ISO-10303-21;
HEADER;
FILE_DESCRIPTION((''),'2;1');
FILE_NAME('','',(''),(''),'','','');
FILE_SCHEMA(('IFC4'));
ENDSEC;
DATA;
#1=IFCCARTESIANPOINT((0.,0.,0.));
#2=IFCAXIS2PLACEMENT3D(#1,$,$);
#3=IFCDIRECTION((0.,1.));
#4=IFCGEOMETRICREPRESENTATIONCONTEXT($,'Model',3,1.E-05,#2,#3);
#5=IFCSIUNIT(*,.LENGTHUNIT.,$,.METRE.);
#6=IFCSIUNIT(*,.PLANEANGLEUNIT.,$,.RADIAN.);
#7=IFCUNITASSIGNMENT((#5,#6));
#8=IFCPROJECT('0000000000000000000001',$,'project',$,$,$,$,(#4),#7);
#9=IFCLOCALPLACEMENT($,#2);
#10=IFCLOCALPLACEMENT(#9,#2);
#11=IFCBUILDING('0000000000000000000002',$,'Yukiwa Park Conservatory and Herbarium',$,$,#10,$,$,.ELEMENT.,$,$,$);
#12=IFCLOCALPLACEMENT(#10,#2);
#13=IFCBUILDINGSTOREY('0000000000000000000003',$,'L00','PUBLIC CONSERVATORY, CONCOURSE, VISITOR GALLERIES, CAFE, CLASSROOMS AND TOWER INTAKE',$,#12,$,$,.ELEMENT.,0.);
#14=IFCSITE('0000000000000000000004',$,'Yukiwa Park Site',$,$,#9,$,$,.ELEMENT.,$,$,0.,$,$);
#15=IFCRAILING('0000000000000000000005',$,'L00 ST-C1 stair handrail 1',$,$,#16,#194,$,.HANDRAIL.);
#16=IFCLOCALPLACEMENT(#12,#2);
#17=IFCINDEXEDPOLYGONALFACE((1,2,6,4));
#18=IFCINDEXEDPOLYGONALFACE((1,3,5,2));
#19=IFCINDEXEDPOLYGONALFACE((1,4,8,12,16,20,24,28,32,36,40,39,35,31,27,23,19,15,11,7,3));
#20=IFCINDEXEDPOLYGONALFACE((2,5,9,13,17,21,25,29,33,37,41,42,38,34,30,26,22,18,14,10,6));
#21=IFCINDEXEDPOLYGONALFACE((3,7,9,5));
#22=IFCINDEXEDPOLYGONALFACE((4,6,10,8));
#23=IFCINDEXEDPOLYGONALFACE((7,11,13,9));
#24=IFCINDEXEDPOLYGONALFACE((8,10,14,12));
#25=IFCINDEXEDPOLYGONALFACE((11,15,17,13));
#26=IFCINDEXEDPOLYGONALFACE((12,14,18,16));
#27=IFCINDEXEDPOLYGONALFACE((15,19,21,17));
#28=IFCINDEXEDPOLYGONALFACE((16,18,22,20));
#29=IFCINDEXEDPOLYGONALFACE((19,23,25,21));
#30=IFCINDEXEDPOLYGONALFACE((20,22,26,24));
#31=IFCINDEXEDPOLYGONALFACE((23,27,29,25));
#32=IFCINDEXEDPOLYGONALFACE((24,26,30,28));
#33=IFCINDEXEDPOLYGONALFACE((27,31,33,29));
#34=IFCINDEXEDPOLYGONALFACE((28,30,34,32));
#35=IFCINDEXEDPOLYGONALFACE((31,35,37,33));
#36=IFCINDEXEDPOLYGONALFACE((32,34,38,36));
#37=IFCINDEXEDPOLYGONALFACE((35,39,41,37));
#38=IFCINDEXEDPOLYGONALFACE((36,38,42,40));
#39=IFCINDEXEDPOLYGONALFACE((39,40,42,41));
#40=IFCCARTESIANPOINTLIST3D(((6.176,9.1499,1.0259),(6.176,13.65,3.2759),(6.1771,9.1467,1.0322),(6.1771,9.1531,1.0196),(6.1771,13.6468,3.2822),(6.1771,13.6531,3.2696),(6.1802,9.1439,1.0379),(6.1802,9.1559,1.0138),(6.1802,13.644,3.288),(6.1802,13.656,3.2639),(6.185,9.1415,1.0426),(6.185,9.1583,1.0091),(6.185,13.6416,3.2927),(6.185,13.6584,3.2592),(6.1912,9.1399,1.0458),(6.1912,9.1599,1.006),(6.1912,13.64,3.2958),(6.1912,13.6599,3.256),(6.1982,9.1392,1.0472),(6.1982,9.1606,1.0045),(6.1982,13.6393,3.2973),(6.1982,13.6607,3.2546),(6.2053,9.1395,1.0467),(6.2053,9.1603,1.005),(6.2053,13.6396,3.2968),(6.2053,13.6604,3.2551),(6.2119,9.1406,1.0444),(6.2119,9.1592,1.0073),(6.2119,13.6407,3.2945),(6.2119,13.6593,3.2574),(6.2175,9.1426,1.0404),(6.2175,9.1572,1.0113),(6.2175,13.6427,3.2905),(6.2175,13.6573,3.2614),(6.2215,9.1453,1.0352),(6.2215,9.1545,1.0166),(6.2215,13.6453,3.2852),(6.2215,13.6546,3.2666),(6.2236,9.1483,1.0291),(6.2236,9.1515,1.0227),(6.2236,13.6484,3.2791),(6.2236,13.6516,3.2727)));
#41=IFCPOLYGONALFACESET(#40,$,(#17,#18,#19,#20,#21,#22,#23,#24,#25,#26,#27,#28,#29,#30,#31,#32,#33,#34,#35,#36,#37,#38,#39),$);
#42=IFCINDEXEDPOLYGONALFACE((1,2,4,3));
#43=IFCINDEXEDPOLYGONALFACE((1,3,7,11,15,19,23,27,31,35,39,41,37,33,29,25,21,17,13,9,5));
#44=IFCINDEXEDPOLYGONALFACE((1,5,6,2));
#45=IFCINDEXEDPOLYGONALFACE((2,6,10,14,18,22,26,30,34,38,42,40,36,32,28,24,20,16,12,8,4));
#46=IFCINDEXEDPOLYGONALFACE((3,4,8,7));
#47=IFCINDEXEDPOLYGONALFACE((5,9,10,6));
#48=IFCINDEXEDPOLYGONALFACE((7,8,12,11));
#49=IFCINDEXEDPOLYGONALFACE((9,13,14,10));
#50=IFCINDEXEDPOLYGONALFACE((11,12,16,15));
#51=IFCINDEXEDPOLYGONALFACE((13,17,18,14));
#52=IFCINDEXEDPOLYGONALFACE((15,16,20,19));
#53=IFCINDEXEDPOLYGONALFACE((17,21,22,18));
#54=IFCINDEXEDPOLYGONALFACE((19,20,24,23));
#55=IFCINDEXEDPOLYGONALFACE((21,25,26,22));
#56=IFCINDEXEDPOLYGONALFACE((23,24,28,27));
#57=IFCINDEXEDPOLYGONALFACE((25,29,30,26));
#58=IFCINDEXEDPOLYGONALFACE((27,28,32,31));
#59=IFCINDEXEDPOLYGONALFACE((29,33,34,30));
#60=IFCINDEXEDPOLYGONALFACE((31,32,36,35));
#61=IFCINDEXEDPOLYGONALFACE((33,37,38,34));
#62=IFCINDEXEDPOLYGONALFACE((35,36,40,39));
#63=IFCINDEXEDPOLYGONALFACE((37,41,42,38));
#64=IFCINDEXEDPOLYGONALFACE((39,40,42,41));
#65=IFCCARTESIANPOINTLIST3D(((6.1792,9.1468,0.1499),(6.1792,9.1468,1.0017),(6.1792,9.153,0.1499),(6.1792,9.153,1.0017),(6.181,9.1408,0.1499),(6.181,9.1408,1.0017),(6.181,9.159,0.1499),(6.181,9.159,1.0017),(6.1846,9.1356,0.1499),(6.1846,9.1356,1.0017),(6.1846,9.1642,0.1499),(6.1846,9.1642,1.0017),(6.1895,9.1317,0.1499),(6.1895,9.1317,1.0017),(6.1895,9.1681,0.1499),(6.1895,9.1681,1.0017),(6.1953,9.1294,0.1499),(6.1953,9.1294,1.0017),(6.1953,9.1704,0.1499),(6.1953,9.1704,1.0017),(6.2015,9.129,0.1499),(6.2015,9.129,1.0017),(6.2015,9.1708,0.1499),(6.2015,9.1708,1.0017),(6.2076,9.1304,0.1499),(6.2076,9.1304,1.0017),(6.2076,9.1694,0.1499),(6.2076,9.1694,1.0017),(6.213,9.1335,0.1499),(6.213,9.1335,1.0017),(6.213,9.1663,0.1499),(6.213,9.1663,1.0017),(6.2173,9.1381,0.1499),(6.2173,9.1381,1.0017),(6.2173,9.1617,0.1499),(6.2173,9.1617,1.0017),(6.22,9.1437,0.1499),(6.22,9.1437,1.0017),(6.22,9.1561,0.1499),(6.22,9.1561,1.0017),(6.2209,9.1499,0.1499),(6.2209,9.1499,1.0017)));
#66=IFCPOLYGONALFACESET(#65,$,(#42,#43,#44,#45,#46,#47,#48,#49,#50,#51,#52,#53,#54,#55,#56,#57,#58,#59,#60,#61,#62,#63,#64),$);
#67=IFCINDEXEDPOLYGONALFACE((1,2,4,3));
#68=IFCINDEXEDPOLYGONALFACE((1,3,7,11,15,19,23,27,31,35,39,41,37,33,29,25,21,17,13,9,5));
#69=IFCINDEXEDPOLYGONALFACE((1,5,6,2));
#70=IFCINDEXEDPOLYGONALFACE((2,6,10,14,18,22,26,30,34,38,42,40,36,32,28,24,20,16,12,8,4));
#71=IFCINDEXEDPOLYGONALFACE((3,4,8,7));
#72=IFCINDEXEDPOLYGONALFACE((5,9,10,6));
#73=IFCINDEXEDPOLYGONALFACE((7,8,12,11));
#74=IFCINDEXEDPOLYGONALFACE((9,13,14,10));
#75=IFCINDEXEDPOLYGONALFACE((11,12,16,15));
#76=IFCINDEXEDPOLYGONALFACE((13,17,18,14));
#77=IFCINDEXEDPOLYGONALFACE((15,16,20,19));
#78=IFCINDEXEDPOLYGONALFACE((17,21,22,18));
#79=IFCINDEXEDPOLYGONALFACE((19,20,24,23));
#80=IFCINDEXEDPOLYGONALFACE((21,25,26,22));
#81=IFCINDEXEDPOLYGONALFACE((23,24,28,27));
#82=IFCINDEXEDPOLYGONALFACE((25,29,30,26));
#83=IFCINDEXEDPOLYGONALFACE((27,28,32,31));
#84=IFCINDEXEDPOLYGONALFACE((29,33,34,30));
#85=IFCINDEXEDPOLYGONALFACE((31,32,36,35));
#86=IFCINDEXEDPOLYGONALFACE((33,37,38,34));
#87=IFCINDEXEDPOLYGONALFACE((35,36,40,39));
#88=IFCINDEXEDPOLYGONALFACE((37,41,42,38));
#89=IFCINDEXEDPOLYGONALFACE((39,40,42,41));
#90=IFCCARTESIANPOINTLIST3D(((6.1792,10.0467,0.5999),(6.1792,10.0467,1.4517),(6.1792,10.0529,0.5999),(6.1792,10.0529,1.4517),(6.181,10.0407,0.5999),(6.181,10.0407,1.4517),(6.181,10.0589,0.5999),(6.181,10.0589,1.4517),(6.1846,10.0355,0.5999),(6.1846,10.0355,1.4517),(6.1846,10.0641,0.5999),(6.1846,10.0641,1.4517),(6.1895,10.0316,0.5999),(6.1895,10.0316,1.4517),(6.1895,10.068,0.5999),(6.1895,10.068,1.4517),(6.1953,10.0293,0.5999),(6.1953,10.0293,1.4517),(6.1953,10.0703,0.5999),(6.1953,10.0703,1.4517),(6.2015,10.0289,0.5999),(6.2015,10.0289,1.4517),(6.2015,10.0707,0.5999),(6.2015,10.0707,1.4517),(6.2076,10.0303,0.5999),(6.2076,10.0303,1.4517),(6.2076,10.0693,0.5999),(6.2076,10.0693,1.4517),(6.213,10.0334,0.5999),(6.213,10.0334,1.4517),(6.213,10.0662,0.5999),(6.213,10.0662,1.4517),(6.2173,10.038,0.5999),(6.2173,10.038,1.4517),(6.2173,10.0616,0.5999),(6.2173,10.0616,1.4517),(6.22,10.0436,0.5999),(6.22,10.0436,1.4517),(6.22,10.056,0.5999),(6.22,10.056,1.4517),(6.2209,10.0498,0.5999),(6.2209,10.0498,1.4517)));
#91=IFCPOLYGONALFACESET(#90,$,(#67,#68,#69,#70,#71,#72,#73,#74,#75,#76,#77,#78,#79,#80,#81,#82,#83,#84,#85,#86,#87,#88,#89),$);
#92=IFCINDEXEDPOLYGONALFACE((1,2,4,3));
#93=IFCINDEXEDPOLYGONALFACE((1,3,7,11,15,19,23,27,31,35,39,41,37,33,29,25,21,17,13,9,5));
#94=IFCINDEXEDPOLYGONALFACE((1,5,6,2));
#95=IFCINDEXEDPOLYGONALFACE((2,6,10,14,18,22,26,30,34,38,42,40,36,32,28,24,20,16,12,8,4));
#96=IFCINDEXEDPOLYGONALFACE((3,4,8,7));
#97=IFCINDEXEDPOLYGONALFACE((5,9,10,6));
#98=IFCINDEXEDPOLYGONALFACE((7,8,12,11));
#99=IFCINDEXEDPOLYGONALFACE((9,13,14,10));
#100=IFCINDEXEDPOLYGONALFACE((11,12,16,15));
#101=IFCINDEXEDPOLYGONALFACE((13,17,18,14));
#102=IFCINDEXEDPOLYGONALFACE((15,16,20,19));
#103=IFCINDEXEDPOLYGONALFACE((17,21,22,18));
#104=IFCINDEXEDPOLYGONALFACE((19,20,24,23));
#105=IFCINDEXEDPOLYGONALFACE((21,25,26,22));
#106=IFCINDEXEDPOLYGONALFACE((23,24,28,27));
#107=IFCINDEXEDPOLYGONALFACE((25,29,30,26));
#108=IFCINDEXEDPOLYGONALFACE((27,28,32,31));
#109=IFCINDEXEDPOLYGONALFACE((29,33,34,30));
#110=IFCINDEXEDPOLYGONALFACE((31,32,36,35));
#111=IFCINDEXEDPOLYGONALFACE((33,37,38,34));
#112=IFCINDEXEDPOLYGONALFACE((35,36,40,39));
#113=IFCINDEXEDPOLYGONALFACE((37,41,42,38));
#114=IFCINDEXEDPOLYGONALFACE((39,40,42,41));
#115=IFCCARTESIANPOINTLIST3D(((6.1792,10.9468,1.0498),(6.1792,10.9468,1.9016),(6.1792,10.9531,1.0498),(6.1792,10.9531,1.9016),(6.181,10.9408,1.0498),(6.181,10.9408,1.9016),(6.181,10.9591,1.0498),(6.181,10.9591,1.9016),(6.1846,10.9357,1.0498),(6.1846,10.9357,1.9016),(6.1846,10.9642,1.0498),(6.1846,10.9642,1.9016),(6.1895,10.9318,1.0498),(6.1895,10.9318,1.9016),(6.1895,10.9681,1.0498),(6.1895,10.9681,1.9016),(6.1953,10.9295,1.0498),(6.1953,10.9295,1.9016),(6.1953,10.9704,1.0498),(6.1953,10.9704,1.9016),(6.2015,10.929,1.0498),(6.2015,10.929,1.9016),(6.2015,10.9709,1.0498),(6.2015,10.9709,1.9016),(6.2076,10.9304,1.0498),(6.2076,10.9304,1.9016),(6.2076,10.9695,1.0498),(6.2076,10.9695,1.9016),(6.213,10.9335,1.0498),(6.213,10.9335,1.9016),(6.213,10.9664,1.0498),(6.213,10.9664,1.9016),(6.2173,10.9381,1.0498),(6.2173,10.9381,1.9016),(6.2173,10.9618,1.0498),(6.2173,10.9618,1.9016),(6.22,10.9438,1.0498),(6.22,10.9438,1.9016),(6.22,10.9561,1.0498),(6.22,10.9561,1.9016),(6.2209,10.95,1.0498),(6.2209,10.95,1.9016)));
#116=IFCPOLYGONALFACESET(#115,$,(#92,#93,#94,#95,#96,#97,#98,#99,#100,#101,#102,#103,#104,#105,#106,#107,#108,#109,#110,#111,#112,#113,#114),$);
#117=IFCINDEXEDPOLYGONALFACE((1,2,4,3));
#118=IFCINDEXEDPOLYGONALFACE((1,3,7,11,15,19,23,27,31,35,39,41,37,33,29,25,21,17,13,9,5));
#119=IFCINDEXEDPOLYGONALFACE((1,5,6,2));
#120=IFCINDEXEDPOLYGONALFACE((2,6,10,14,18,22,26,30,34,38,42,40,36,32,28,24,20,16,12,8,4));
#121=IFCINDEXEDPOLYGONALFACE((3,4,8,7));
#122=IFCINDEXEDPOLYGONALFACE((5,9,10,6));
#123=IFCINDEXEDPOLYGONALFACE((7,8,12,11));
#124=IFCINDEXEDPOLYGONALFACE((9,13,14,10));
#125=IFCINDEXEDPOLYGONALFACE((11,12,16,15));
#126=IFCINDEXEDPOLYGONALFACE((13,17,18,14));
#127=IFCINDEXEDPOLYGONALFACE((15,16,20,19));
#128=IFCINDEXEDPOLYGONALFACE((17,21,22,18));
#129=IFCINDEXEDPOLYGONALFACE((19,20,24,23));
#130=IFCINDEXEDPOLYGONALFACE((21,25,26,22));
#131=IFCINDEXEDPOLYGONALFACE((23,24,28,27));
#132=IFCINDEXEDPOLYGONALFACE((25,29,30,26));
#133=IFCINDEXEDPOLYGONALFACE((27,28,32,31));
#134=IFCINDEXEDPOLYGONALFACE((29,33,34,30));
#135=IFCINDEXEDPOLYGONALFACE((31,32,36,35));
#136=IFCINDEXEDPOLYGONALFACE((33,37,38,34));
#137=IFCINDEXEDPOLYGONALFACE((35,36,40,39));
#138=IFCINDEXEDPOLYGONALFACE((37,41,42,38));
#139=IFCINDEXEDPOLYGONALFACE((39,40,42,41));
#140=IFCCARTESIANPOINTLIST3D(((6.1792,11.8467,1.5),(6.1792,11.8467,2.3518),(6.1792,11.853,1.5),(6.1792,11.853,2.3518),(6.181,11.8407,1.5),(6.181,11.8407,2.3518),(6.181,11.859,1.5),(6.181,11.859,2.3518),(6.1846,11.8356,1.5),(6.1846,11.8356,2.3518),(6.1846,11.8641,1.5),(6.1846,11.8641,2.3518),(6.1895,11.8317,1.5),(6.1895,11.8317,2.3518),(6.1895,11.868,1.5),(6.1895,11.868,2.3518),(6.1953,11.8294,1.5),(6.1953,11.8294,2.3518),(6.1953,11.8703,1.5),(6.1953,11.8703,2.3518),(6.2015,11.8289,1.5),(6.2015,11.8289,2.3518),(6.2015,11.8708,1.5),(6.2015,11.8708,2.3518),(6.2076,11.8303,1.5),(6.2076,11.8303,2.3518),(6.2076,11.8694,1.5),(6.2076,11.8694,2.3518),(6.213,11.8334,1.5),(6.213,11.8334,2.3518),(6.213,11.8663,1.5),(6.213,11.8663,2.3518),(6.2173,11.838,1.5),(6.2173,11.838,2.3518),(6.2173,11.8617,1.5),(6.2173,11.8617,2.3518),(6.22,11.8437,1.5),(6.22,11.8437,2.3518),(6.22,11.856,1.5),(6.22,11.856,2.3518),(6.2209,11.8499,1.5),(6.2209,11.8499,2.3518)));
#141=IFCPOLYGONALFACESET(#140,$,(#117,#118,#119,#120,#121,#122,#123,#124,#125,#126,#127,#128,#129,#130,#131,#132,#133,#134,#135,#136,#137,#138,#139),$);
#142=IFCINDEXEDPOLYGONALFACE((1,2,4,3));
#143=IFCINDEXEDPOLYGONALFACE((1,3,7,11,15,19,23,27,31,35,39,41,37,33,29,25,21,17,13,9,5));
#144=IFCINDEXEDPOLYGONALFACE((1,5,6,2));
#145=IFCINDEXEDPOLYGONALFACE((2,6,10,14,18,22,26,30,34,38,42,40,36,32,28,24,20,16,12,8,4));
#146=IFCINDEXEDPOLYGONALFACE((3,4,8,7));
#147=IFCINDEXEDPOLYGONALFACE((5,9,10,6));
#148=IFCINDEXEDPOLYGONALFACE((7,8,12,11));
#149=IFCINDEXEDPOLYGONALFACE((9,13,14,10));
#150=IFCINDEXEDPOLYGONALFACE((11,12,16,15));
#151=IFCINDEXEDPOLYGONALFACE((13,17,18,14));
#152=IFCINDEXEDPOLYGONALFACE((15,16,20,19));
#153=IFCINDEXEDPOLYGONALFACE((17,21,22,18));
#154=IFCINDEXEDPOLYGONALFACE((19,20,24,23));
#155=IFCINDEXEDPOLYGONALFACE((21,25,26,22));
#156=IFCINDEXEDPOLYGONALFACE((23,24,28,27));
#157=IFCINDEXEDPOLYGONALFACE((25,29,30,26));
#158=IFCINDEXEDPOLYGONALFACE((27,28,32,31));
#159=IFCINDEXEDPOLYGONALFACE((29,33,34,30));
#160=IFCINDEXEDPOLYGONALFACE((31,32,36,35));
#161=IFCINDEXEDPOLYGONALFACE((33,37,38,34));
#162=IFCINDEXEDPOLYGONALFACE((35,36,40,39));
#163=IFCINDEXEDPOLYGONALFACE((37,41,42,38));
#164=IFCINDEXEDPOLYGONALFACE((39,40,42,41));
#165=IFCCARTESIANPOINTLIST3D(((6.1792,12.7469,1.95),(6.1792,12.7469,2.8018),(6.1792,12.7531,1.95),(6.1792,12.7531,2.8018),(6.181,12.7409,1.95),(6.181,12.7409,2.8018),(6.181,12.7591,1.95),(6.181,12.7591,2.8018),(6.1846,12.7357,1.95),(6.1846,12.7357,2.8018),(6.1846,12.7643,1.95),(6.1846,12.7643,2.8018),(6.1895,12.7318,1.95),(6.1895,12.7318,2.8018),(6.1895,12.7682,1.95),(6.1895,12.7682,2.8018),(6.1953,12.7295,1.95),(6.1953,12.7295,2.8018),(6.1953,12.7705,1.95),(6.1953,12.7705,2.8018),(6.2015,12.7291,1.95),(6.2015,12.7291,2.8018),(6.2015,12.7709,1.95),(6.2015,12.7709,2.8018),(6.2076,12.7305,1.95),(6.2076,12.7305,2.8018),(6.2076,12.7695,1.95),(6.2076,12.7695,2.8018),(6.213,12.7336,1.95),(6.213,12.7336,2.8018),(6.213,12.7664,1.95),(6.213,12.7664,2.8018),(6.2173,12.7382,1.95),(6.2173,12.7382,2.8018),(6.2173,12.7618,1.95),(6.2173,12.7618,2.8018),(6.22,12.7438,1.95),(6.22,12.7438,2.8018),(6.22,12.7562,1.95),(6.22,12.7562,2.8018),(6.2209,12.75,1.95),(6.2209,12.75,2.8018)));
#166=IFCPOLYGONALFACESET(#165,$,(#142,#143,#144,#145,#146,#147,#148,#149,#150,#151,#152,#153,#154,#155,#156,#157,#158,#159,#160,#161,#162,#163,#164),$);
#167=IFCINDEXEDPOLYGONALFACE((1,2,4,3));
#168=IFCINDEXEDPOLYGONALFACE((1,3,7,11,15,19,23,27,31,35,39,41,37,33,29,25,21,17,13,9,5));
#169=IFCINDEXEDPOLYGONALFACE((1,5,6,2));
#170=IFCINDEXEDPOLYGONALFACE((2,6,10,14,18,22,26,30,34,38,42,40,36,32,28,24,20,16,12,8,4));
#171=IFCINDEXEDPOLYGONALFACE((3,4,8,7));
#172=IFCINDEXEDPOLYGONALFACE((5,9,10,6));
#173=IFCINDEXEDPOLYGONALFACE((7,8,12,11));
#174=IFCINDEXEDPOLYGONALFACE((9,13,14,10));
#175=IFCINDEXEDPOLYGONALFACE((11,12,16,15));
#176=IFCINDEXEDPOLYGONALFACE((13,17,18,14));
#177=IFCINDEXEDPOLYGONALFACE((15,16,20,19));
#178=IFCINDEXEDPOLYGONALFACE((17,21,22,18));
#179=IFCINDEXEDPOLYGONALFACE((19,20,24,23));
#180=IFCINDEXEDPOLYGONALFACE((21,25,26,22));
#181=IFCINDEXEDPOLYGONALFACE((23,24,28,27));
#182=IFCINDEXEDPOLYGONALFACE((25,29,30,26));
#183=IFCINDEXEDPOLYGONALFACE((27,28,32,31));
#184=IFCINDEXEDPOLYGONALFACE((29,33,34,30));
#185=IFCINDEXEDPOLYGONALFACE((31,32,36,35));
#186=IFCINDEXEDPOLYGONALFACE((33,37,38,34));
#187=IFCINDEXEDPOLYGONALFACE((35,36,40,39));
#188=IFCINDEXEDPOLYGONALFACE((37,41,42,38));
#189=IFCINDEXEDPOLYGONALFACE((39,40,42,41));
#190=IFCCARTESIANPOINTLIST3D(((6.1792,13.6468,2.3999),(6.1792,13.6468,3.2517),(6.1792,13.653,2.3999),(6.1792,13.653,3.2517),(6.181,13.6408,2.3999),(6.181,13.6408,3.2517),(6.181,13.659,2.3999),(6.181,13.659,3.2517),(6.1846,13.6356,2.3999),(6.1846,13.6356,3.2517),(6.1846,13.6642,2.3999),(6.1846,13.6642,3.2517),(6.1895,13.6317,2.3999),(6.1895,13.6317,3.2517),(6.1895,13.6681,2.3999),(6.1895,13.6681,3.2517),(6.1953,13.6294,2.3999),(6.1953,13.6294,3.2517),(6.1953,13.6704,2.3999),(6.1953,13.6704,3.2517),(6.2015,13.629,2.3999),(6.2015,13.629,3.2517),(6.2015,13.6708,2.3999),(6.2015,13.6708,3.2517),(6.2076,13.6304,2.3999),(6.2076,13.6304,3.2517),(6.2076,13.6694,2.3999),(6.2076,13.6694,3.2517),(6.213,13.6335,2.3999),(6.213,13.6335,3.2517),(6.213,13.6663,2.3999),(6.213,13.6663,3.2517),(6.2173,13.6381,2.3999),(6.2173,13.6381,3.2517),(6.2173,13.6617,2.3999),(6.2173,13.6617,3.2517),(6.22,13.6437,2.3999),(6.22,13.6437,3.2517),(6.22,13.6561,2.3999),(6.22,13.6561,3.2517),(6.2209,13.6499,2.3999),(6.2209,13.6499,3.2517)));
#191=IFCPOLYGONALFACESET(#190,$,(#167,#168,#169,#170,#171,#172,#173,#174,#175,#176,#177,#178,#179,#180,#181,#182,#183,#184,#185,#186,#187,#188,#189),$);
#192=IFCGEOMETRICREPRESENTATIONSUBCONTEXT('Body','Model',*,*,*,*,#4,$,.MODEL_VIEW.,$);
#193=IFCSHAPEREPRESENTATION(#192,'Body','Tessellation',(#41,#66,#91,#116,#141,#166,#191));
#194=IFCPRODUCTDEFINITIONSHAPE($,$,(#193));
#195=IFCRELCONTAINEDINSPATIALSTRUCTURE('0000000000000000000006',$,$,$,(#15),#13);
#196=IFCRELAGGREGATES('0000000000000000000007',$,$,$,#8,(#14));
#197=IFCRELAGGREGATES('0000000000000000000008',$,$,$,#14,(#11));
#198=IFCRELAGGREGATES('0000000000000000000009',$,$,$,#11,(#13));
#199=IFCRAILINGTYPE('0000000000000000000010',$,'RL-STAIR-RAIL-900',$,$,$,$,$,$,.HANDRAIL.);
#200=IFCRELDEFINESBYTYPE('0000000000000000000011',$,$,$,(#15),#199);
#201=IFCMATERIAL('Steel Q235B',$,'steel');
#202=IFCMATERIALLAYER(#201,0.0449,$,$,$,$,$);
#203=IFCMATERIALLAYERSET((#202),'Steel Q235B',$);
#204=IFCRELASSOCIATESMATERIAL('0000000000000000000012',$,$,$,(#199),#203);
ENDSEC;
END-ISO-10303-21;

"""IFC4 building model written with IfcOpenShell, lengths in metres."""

from ifc_helpers import new_model, si_unit, direction, frame, origin, origin_2d, place, context, subcontext, project, spatial, circle, extrude, material, layer, layer_set, type_object, element, save


model = new_model("IFC4")

# Units and contexts
model_context = context("Model", 3, precision=1e-05, world=origin(), true_north=direction((0.0, 1.0)))
body_context = subcontext(model_context, "Body", "Model", "MODEL_VIEW")
ifc_project = project(units=[si_unit("LENGTHUNIT", "METRE"), si_unit("PLANEANGLEUNIT", "RADIAN")], contexts=[model_context])

# Site, building, storey
site_placement = place(None, origin())
site = spatial("IfcSite", under=ifc_project, at=site_placement, Name="Yukiwa Park Site", CompositionType="ELEMENT", RefElevation=0.0)
building_placement = place(site_placement, origin())
building = spatial("IfcBuilding", under=site, at=building_placement, Name="Yukiwa Park Conservatory and Herbarium", CompositionType="ELEMENT")
storey_placement = place(building_placement, origin())
storey = spatial("IfcBuildingStorey", under=building, at=storey_placement, Name="L00", Description="PUBLIC CONSERVATORY, CONCOURSE, VISITOR GALLERIES, CAFE, CLASSROOMS AND TOWER INTAKE", CompositionType="ELEMENT", Elevation=0.0)

# Railing
ifc_material_1 = material(Name="Steel Q235B", Category="steel")
ifc_layer_1 = layer(ifc_material_1, 0.0449)
ifc_layer_set_1 = layer_set([ifc_layer_1], Name="Steel Q235B")
railing_type_1 = type_object("IfcRailingType", Name="RL-STAIR-RAIL-900", PredefinedType="HANDRAIL", material=ifc_layer_set_1)
railing_1_placement = place(storey_placement, frame((6.2, 9.1499, 0.1499)))
element("IfcRailing", 1, at=railing_1_placement, inside=storey, type_object=railing_type_1, Name="L00 ST-C1 stair handrail 1", PredefinedType="HANDRAIL", context=body_context, shape_type="SweptSolid", body=[
    extrude(circle(Radius=0.0239, at=origin_2d()), frame((0.0, 0.0, 0.876), z_axis=(0.0, 0.894427, 0.447214), x_axis=(-1.0, 0.0, 0.0)), (0.0, 0.0, 1.0), 5.0312),
    extrude(circle(Radius=0.021, at=origin_2d()), origin(), (0.0, 0.0, 1.0), 0.8518),
    extrude(circle(Radius=0.021, at=origin_2d()), frame((0.0, 0.8999, 0.45)), (0.0, 0.0, 1.0), 0.8518),
    extrude(circle(Radius=0.021, at=origin_2d()), frame((0.0, 1.8, 0.8999)), (0.0, 0.0, 1.0), 0.8518),
    extrude(circle(Radius=0.021, at=origin_2d()), frame((0.0, 2.7, 1.3501)), (0.0, 0.0, 1.0), 0.8518),
    extrude(circle(Radius=0.021, at=origin_2d()), frame((0.0, 3.6001, 1.8)), (0.0, 0.0, 1.0), 0.8518),
    extrude(circle(Radius=0.021, at=origin_2d()), frame((0.0, 4.5, 2.25)), (0.0, 0.0, 1.0), 0.8518),
])

save(model, "model.ifc")
